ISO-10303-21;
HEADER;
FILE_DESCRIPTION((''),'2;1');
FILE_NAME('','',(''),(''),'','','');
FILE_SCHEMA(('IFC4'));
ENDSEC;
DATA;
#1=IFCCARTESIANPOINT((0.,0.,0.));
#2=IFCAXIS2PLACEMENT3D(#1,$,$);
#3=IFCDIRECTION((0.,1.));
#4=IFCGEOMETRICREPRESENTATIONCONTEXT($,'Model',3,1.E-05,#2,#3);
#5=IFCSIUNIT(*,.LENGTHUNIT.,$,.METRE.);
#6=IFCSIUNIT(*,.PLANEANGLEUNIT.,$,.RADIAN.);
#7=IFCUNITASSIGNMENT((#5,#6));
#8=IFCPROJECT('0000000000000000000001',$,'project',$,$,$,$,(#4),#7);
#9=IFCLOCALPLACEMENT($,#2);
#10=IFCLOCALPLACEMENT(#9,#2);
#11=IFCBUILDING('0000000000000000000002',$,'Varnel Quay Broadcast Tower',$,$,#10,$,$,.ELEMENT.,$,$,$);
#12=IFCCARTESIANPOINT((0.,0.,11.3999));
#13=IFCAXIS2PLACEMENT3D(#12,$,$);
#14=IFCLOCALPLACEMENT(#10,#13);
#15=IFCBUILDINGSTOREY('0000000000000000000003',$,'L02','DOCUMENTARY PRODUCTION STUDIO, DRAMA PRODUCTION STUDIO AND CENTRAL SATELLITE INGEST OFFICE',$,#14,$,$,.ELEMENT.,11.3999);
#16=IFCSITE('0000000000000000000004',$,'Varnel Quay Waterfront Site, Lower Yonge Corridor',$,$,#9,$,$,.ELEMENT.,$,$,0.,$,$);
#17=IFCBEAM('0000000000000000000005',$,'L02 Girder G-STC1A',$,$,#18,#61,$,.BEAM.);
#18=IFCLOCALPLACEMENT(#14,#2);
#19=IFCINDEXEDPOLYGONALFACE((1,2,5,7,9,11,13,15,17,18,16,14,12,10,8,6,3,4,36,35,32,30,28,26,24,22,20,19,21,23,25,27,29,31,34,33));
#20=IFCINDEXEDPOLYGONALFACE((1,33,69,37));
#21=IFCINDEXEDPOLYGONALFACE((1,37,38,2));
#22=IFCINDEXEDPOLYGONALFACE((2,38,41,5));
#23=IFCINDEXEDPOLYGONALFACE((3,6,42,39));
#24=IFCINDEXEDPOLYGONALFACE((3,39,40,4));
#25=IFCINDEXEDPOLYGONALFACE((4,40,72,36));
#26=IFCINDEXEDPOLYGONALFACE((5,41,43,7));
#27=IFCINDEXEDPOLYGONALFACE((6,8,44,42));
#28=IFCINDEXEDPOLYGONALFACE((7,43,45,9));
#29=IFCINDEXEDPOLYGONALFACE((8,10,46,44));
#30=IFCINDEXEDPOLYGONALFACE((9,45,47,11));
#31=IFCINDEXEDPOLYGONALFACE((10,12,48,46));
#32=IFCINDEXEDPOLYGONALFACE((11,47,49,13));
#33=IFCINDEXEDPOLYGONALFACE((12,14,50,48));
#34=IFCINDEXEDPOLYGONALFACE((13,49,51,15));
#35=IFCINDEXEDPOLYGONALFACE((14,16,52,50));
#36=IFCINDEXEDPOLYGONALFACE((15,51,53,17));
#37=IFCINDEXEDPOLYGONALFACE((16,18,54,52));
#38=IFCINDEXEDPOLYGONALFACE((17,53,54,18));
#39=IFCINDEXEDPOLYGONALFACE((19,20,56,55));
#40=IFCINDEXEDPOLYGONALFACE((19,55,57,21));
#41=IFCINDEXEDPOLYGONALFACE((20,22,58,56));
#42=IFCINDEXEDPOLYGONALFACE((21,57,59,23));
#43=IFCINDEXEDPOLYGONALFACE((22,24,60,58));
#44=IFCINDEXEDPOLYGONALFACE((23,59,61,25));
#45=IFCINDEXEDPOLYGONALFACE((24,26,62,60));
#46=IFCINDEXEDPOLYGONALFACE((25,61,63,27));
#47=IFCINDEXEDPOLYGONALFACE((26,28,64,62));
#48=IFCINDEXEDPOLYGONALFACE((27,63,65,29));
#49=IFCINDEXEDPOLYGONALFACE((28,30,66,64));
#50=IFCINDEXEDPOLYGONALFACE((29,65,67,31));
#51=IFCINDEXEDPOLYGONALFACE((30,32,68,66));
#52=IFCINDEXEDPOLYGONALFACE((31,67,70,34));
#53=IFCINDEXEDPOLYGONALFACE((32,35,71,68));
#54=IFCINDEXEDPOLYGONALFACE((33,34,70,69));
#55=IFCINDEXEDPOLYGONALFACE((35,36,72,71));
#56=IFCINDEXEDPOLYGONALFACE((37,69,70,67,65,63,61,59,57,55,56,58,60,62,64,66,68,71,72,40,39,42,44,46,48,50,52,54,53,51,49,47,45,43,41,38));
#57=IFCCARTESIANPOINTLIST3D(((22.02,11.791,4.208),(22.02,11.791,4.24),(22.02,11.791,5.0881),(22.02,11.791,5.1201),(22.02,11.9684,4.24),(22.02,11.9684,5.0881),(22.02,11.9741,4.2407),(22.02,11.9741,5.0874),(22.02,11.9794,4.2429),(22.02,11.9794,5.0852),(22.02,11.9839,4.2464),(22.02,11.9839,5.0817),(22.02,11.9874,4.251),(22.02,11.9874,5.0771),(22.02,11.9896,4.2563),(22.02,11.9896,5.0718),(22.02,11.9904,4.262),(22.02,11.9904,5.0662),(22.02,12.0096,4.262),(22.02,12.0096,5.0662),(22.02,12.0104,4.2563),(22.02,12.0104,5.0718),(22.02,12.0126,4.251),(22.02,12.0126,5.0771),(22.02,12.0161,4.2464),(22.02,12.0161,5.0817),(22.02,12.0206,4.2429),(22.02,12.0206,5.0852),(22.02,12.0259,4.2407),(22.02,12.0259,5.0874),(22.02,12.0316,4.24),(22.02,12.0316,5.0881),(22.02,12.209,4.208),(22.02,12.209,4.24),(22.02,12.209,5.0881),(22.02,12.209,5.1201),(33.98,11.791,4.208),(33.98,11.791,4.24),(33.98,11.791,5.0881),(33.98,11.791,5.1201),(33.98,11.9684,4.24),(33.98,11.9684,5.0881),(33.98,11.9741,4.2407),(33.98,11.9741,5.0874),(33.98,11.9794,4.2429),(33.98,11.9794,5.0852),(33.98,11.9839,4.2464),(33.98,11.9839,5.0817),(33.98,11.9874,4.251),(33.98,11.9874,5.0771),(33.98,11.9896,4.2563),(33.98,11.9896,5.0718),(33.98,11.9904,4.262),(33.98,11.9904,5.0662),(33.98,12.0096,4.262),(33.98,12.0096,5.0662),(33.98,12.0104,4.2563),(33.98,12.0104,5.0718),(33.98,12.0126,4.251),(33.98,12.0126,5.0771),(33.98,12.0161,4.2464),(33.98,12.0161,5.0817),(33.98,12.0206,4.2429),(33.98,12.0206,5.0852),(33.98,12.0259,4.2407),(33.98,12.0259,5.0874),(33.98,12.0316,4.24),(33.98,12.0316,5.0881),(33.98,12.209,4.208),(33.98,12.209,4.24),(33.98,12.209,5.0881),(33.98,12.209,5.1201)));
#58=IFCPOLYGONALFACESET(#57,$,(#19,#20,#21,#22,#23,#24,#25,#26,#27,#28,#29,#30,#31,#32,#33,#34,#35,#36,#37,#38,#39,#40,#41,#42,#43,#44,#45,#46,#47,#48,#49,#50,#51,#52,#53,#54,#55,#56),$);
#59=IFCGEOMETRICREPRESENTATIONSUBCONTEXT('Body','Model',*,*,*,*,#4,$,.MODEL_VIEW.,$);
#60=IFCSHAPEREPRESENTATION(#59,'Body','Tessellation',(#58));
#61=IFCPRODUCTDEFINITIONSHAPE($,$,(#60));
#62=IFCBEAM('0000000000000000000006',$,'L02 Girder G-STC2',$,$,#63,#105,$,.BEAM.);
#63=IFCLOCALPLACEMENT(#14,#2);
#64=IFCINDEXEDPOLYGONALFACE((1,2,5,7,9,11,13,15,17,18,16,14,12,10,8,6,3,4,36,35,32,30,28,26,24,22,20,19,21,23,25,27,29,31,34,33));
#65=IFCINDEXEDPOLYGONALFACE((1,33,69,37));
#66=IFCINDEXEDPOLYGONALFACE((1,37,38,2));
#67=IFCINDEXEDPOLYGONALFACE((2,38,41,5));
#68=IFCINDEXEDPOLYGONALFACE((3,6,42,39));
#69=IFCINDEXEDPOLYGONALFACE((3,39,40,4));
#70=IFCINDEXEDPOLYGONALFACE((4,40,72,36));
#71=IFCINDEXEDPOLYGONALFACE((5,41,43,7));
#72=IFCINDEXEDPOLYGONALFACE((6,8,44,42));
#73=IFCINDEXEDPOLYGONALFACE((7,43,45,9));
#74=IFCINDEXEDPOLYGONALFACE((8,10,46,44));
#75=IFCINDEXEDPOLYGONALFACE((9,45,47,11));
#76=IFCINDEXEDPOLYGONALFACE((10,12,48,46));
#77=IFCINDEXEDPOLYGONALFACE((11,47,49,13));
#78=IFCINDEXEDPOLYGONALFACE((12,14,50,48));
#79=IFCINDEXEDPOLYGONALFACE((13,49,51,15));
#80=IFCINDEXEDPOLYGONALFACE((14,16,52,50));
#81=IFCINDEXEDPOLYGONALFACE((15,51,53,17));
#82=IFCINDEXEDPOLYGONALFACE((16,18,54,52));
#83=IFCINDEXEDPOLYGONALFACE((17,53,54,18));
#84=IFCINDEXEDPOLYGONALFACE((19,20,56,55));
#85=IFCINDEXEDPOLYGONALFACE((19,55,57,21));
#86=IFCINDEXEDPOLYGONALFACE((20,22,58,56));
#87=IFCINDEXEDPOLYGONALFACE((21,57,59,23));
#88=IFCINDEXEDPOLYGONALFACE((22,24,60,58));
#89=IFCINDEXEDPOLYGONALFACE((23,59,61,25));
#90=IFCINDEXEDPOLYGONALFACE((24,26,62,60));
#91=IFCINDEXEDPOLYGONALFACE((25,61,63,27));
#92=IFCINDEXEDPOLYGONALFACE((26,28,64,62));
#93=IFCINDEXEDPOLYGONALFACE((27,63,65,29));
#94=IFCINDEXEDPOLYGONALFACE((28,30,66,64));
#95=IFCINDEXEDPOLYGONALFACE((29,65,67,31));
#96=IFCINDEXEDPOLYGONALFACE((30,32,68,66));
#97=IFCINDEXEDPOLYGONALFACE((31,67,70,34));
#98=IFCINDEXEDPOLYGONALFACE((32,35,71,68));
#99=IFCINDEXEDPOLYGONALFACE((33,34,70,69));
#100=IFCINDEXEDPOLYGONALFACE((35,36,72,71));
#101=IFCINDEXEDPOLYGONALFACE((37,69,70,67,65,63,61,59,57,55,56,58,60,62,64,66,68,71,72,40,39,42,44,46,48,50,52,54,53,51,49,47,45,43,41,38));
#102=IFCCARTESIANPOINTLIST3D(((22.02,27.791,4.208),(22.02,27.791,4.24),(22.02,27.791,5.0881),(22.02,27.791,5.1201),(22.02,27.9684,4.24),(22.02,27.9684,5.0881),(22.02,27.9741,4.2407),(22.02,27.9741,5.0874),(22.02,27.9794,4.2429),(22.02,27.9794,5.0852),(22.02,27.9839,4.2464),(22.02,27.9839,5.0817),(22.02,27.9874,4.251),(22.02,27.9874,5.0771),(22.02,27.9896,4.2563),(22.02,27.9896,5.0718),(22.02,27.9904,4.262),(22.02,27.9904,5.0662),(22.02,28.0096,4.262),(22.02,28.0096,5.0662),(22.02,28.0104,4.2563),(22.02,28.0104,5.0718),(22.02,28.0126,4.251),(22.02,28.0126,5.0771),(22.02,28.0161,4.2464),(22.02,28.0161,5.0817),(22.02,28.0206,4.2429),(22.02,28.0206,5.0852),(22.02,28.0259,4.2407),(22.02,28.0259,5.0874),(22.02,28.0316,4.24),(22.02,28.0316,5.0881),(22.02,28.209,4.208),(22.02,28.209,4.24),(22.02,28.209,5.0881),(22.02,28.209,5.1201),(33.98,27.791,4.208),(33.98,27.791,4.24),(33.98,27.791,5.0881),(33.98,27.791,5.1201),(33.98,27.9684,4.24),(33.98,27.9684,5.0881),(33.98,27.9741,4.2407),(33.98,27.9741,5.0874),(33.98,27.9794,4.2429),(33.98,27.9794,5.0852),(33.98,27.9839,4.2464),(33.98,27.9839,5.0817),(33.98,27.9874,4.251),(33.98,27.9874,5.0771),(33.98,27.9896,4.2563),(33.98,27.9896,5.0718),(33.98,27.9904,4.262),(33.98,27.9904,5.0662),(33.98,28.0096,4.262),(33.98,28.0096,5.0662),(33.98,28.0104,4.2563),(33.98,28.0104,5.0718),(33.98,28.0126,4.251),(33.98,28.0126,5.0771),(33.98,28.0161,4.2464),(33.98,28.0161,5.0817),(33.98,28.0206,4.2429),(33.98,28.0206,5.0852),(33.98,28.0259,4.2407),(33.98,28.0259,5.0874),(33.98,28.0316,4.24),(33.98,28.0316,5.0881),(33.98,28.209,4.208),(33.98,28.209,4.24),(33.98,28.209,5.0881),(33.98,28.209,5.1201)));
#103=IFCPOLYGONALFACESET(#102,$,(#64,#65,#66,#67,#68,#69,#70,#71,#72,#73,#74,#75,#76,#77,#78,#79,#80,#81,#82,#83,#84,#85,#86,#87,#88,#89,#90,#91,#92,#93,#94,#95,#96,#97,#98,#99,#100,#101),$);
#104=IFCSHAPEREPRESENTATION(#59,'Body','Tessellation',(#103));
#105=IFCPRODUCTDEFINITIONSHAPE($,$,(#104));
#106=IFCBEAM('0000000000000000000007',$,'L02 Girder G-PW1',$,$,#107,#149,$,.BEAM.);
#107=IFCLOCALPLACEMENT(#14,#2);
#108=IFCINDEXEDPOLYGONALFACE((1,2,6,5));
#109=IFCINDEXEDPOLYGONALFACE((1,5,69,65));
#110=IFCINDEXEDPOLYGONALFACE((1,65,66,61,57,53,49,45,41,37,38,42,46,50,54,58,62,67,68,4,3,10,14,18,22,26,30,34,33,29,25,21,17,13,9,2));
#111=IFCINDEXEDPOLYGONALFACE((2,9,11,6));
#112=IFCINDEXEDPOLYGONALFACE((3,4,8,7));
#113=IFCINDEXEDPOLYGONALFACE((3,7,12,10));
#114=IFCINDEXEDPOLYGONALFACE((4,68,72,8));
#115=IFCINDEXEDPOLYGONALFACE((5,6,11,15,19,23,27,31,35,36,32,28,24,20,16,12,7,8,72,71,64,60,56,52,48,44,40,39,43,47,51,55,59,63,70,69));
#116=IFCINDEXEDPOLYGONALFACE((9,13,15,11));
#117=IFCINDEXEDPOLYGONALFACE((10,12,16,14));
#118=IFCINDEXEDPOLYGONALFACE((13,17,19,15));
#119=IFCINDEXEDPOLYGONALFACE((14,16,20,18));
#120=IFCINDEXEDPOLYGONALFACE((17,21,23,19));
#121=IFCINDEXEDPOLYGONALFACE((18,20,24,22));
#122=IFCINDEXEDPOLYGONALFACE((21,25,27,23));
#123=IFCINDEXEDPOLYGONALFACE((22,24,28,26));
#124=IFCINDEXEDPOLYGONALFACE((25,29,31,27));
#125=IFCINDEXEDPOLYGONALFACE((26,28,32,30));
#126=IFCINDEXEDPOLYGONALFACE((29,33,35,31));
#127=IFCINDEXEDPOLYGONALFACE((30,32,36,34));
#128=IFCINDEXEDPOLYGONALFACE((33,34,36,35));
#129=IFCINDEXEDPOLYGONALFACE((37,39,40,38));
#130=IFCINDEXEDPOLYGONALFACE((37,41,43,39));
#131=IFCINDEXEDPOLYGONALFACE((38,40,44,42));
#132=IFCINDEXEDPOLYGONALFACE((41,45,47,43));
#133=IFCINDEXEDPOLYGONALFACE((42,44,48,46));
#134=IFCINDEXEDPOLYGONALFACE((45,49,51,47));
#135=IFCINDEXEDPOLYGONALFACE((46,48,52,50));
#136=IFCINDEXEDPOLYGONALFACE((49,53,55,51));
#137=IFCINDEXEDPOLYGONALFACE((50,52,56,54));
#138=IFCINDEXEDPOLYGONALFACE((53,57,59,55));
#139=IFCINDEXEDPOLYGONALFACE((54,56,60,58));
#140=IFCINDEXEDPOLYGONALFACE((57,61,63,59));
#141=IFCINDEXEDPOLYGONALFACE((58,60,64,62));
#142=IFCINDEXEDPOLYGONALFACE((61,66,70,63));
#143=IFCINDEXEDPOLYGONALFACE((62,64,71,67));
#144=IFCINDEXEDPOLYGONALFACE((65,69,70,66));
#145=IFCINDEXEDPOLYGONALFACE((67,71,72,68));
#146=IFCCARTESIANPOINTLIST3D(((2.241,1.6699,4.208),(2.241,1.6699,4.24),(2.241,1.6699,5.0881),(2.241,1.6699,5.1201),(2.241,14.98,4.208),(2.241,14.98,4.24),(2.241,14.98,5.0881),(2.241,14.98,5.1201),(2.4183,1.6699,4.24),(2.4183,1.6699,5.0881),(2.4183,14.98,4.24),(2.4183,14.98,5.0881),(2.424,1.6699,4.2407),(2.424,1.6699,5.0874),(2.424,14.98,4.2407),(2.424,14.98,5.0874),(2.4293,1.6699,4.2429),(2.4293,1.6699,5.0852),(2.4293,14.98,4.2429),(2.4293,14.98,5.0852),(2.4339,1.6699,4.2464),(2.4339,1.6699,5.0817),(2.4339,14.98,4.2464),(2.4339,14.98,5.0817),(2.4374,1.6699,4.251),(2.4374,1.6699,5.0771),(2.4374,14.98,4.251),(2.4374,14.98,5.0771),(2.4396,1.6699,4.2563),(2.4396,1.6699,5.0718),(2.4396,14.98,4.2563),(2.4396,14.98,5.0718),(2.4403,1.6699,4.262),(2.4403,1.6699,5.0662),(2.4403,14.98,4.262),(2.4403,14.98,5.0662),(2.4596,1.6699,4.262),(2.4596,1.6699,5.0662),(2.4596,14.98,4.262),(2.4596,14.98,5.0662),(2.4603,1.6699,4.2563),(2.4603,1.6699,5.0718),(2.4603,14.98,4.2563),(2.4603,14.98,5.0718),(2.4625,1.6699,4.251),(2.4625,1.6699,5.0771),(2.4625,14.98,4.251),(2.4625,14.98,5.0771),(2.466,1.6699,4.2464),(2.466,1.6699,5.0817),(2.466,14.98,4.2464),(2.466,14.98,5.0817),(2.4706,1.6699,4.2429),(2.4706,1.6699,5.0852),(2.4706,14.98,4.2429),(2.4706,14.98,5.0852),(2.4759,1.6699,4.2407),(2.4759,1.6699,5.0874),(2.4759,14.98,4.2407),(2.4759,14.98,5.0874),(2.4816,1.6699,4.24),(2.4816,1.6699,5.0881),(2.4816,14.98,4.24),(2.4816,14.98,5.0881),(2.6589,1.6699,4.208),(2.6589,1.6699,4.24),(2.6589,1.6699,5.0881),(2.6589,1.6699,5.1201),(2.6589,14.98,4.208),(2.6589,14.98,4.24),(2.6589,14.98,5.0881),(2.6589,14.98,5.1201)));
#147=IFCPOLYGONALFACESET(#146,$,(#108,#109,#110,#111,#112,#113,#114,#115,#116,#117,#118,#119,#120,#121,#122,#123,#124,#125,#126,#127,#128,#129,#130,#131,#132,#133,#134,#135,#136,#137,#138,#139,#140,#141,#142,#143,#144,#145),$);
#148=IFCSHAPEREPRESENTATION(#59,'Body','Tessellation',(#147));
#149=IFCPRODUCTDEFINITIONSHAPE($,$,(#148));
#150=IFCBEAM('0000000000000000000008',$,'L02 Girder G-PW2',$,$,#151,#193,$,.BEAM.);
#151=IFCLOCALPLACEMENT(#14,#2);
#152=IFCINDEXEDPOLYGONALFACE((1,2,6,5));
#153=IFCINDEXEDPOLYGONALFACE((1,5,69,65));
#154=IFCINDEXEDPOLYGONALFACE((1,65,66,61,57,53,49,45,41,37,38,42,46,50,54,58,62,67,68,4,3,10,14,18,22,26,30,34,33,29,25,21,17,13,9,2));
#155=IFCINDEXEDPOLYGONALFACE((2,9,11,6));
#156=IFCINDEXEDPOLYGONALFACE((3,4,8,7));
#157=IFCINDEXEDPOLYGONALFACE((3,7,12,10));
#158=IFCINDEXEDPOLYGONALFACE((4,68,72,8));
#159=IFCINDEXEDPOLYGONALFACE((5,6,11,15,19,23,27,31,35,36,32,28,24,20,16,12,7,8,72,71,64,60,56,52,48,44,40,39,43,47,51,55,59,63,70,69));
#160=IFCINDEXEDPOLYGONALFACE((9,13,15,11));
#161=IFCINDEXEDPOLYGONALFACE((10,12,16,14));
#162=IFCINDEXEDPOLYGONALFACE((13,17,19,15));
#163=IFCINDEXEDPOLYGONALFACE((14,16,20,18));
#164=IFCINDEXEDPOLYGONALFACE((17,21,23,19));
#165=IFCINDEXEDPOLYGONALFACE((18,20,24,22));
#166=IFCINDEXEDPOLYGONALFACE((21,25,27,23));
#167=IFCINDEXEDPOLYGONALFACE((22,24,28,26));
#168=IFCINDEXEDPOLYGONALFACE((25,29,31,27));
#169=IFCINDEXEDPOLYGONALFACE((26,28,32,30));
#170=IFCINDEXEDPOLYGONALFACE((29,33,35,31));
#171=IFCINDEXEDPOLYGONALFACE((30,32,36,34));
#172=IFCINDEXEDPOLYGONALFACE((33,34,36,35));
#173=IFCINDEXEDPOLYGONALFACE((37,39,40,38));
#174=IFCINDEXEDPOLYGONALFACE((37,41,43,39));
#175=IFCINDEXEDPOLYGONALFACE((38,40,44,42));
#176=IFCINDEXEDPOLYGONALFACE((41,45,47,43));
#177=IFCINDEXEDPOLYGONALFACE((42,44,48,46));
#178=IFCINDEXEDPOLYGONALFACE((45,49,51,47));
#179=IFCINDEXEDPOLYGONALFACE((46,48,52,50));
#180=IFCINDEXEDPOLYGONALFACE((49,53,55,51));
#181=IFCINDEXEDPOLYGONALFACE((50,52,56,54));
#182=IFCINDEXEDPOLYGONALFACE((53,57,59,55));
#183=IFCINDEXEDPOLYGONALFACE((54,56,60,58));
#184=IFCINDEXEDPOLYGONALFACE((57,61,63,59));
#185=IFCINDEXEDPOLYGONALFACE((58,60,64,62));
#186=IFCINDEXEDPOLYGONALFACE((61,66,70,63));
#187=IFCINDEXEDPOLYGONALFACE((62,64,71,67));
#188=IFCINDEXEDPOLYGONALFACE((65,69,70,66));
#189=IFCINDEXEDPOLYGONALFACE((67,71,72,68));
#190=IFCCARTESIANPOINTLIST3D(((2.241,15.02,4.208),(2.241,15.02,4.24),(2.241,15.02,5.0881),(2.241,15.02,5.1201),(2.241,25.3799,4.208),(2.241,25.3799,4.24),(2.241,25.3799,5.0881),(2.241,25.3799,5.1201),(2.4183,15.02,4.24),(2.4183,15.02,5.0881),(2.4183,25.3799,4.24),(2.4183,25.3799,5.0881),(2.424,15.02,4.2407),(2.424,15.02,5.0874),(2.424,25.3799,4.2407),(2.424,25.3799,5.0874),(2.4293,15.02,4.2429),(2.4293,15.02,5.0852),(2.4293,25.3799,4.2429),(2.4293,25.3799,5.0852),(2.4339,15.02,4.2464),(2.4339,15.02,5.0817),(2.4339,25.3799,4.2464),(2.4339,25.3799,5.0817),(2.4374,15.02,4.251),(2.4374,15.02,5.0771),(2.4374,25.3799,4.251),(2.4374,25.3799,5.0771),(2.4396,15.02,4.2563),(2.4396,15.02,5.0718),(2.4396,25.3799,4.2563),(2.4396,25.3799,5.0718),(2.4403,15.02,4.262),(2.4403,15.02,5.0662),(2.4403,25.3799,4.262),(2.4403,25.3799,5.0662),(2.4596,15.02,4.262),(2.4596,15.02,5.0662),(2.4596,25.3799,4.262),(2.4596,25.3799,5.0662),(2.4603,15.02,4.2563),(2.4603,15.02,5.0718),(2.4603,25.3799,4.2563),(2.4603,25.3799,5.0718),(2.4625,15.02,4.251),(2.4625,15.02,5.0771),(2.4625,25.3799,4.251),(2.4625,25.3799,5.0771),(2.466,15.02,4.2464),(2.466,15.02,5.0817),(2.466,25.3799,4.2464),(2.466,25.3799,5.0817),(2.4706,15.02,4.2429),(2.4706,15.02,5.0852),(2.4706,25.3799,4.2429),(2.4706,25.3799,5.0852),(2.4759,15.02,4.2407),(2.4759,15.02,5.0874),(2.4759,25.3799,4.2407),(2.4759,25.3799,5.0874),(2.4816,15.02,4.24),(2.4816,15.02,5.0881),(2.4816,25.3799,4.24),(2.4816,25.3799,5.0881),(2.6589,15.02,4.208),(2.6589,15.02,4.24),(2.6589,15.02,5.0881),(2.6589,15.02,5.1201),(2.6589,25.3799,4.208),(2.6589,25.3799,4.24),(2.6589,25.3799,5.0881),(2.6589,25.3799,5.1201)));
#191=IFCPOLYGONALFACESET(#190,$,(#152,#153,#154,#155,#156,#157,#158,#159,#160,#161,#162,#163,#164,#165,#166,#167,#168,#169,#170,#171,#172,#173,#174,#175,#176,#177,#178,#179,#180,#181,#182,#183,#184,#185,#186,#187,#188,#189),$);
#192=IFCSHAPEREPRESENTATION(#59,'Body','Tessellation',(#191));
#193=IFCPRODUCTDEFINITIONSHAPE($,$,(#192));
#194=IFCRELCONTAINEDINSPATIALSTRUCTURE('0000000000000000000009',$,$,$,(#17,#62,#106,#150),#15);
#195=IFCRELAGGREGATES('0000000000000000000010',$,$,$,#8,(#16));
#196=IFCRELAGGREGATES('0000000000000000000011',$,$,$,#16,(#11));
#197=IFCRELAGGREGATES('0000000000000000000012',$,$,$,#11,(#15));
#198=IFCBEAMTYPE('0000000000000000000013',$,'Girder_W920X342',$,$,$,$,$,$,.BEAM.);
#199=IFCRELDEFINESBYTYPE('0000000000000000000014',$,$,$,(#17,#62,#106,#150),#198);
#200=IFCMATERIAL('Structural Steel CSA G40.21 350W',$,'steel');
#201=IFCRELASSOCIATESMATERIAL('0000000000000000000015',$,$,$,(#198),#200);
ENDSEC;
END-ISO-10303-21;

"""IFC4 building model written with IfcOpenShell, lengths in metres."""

from ifc_helpers import new_model, si_unit, direction, frame, origin, origin_2d, place, context, subcontext, project, spatial, i_section, extrude, source, transform, mapped, material, material_profile, profile_set, type_object, element, save


model = new_model("IFC4")

# Units and contexts
model_context = context("Model", 3, precision=1e-05, world=origin(), true_north=direction((0.0, 1.0)))
body_context = subcontext(model_context, "Body", "Model", "MODEL_VIEW")
ifc_project = project(units=[si_unit("LENGTHUNIT", "METRE"), si_unit("PLANEANGLEUNIT", "RADIAN")], contexts=[model_context])

# Site, building, storey
site_placement = place(None, origin())
site = spatial("IfcSite", under=ifc_project, at=site_placement, Name="Varnel Quay Waterfront Site, Lower Yonge Corridor", CompositionType="ELEMENT", RefElevation=0.0)
building_placement = place(site_placement, origin())
building = spatial("IfcBuilding", under=site, at=building_placement, Name="Varnel Quay Broadcast Tower", CompositionType="ELEMENT")
storey_placement = place(building_placement, frame((0.0, 0.0, 11.3999)))
storey = spatial("IfcBuildingStorey", under=building, at=storey_placement, Name="L02", Description="DOCUMENTARY PRODUCTION STUDIO, DRAMA PRODUCTION STUDIO AND CENTRAL SATELLITE INGEST OFFICE", CompositionType="ELEMENT", Elevation=11.3999)

# Shared definitions
ifc_material_1 = material(Name="Structural Steel CSA G40.21 350W", Category="steel")

# Beams
ifc_material_profile_1 = material_profile(ifc_material_1, i_section(OverallWidth=0.418, OverallDepth=0.9121, WebThickness=0.0193, FlangeThickness=0.032, FilletRadius=0.022, at=origin_2d()), Name="W920X342")
ifc_profile_set_1 = profile_set([ifc_material_profile_1], Name="Structural Steel CSA G40.21 350W")
beam_type = type_object("IfcBeamType", Name="Girder_W920X342", PredefinedType="BEAM", material=ifc_profile_set_1)
shared_shape_1 = source(origin(), body_context, "Body", "SweptSolid", [
    extrude(i_section(OverallWidth=0.418, OverallDepth=0.9121, WebThickness=0.0193, FlangeThickness=0.032, FilletRadius=0.022, at=origin_2d()), origin(), (0.0, 0.0, 1.0), 11.96),
])
for number, where, z_axis, x_axis, name in (
    (1, (22.02, 12.0, 4.6641), (1.0, 0.0, 0.0), (0.0, 1.0, 0.0), "L02 Girder G-STC1A"),
    (2, (22.02, 28.0, 4.6641), (1.0, 0.0, 0.0), (0.0, 1.0, 0.0), "L02 Girder G-STC2"),
):
    element("IfcBeam", number, at=place(storey_placement, frame(where, z_axis=z_axis, x_axis=x_axis)), inside=storey, type_object=beam_type, Name=name, PredefinedType="BEAM", context=body_context, shape_type="MappedRepresentation", body=[
        mapped(shared_shape_1, transform((0.0, 0.0, 0.0), x_axis=(1.0, 0.0, 0.0), y_axis=(0.0, 1.0, 0.0), z_axis=(0.0, 0.0, 1.0), scale=1.0)),
    ])
shared_shape_2 = source(origin(), body_context, "Body", "SweptSolid", [
    extrude(i_section(OverallWidth=0.418, OverallDepth=0.9121, WebThickness=0.0193, FlangeThickness=0.032, FilletRadius=0.022, at=origin_2d()), origin(), (0.0, 0.0, 1.0), 13.3101),
])
beam_1_placement = place(storey_placement, frame((2.45, 1.6699, 4.6641), z_axis=(0.0, 1.0, 0.0), x_axis=(-1.0, 0.0, 0.0)))
element("IfcBeam", 3, at=beam_1_placement, inside=storey, type_object=beam_type, Name="L02 Girder G-PW1", PredefinedType="BEAM", context=body_context, shape_type="MappedRepresentation", body=[
    mapped(shared_shape_2, transform((0.0, 0.0, 0.0), x_axis=(1.0, 0.0, 0.0), y_axis=(0.0, 1.0, 0.0), z_axis=(0.0, 0.0, 1.0), scale=1.0)),
])
shared_shape_3 = source(origin(), body_context, "Body", "SweptSolid", [
    extrude(i_section(OverallWidth=0.418, OverallDepth=0.9121, WebThickness=0.0193, FlangeThickness=0.032, FilletRadius=0.022, at=origin_2d()), origin(), (0.0, 0.0, 1.0), 10.3599),
])
beam_2_placement = place(storey_placement, frame((2.45, 15.02, 4.6641), z_axis=(0.0, 1.0, 0.0), x_axis=(-1.0, 0.0, 0.0)))
element("IfcBeam", 4, at=beam_2_placement, inside=storey, type_object=beam_type, Name="L02 Girder G-PW2", PredefinedType="BEAM", context=body_context, shape_type="MappedRepresentation", body=[
    mapped(shared_shape_3, transform((0.0, 0.0, 0.0), x_axis=(1.0, 0.0, 0.0), y_axis=(0.0, 1.0, 0.0), z_axis=(0.0, 0.0, 1.0), scale=1.0)),
])

save(model, "model.ifc")
